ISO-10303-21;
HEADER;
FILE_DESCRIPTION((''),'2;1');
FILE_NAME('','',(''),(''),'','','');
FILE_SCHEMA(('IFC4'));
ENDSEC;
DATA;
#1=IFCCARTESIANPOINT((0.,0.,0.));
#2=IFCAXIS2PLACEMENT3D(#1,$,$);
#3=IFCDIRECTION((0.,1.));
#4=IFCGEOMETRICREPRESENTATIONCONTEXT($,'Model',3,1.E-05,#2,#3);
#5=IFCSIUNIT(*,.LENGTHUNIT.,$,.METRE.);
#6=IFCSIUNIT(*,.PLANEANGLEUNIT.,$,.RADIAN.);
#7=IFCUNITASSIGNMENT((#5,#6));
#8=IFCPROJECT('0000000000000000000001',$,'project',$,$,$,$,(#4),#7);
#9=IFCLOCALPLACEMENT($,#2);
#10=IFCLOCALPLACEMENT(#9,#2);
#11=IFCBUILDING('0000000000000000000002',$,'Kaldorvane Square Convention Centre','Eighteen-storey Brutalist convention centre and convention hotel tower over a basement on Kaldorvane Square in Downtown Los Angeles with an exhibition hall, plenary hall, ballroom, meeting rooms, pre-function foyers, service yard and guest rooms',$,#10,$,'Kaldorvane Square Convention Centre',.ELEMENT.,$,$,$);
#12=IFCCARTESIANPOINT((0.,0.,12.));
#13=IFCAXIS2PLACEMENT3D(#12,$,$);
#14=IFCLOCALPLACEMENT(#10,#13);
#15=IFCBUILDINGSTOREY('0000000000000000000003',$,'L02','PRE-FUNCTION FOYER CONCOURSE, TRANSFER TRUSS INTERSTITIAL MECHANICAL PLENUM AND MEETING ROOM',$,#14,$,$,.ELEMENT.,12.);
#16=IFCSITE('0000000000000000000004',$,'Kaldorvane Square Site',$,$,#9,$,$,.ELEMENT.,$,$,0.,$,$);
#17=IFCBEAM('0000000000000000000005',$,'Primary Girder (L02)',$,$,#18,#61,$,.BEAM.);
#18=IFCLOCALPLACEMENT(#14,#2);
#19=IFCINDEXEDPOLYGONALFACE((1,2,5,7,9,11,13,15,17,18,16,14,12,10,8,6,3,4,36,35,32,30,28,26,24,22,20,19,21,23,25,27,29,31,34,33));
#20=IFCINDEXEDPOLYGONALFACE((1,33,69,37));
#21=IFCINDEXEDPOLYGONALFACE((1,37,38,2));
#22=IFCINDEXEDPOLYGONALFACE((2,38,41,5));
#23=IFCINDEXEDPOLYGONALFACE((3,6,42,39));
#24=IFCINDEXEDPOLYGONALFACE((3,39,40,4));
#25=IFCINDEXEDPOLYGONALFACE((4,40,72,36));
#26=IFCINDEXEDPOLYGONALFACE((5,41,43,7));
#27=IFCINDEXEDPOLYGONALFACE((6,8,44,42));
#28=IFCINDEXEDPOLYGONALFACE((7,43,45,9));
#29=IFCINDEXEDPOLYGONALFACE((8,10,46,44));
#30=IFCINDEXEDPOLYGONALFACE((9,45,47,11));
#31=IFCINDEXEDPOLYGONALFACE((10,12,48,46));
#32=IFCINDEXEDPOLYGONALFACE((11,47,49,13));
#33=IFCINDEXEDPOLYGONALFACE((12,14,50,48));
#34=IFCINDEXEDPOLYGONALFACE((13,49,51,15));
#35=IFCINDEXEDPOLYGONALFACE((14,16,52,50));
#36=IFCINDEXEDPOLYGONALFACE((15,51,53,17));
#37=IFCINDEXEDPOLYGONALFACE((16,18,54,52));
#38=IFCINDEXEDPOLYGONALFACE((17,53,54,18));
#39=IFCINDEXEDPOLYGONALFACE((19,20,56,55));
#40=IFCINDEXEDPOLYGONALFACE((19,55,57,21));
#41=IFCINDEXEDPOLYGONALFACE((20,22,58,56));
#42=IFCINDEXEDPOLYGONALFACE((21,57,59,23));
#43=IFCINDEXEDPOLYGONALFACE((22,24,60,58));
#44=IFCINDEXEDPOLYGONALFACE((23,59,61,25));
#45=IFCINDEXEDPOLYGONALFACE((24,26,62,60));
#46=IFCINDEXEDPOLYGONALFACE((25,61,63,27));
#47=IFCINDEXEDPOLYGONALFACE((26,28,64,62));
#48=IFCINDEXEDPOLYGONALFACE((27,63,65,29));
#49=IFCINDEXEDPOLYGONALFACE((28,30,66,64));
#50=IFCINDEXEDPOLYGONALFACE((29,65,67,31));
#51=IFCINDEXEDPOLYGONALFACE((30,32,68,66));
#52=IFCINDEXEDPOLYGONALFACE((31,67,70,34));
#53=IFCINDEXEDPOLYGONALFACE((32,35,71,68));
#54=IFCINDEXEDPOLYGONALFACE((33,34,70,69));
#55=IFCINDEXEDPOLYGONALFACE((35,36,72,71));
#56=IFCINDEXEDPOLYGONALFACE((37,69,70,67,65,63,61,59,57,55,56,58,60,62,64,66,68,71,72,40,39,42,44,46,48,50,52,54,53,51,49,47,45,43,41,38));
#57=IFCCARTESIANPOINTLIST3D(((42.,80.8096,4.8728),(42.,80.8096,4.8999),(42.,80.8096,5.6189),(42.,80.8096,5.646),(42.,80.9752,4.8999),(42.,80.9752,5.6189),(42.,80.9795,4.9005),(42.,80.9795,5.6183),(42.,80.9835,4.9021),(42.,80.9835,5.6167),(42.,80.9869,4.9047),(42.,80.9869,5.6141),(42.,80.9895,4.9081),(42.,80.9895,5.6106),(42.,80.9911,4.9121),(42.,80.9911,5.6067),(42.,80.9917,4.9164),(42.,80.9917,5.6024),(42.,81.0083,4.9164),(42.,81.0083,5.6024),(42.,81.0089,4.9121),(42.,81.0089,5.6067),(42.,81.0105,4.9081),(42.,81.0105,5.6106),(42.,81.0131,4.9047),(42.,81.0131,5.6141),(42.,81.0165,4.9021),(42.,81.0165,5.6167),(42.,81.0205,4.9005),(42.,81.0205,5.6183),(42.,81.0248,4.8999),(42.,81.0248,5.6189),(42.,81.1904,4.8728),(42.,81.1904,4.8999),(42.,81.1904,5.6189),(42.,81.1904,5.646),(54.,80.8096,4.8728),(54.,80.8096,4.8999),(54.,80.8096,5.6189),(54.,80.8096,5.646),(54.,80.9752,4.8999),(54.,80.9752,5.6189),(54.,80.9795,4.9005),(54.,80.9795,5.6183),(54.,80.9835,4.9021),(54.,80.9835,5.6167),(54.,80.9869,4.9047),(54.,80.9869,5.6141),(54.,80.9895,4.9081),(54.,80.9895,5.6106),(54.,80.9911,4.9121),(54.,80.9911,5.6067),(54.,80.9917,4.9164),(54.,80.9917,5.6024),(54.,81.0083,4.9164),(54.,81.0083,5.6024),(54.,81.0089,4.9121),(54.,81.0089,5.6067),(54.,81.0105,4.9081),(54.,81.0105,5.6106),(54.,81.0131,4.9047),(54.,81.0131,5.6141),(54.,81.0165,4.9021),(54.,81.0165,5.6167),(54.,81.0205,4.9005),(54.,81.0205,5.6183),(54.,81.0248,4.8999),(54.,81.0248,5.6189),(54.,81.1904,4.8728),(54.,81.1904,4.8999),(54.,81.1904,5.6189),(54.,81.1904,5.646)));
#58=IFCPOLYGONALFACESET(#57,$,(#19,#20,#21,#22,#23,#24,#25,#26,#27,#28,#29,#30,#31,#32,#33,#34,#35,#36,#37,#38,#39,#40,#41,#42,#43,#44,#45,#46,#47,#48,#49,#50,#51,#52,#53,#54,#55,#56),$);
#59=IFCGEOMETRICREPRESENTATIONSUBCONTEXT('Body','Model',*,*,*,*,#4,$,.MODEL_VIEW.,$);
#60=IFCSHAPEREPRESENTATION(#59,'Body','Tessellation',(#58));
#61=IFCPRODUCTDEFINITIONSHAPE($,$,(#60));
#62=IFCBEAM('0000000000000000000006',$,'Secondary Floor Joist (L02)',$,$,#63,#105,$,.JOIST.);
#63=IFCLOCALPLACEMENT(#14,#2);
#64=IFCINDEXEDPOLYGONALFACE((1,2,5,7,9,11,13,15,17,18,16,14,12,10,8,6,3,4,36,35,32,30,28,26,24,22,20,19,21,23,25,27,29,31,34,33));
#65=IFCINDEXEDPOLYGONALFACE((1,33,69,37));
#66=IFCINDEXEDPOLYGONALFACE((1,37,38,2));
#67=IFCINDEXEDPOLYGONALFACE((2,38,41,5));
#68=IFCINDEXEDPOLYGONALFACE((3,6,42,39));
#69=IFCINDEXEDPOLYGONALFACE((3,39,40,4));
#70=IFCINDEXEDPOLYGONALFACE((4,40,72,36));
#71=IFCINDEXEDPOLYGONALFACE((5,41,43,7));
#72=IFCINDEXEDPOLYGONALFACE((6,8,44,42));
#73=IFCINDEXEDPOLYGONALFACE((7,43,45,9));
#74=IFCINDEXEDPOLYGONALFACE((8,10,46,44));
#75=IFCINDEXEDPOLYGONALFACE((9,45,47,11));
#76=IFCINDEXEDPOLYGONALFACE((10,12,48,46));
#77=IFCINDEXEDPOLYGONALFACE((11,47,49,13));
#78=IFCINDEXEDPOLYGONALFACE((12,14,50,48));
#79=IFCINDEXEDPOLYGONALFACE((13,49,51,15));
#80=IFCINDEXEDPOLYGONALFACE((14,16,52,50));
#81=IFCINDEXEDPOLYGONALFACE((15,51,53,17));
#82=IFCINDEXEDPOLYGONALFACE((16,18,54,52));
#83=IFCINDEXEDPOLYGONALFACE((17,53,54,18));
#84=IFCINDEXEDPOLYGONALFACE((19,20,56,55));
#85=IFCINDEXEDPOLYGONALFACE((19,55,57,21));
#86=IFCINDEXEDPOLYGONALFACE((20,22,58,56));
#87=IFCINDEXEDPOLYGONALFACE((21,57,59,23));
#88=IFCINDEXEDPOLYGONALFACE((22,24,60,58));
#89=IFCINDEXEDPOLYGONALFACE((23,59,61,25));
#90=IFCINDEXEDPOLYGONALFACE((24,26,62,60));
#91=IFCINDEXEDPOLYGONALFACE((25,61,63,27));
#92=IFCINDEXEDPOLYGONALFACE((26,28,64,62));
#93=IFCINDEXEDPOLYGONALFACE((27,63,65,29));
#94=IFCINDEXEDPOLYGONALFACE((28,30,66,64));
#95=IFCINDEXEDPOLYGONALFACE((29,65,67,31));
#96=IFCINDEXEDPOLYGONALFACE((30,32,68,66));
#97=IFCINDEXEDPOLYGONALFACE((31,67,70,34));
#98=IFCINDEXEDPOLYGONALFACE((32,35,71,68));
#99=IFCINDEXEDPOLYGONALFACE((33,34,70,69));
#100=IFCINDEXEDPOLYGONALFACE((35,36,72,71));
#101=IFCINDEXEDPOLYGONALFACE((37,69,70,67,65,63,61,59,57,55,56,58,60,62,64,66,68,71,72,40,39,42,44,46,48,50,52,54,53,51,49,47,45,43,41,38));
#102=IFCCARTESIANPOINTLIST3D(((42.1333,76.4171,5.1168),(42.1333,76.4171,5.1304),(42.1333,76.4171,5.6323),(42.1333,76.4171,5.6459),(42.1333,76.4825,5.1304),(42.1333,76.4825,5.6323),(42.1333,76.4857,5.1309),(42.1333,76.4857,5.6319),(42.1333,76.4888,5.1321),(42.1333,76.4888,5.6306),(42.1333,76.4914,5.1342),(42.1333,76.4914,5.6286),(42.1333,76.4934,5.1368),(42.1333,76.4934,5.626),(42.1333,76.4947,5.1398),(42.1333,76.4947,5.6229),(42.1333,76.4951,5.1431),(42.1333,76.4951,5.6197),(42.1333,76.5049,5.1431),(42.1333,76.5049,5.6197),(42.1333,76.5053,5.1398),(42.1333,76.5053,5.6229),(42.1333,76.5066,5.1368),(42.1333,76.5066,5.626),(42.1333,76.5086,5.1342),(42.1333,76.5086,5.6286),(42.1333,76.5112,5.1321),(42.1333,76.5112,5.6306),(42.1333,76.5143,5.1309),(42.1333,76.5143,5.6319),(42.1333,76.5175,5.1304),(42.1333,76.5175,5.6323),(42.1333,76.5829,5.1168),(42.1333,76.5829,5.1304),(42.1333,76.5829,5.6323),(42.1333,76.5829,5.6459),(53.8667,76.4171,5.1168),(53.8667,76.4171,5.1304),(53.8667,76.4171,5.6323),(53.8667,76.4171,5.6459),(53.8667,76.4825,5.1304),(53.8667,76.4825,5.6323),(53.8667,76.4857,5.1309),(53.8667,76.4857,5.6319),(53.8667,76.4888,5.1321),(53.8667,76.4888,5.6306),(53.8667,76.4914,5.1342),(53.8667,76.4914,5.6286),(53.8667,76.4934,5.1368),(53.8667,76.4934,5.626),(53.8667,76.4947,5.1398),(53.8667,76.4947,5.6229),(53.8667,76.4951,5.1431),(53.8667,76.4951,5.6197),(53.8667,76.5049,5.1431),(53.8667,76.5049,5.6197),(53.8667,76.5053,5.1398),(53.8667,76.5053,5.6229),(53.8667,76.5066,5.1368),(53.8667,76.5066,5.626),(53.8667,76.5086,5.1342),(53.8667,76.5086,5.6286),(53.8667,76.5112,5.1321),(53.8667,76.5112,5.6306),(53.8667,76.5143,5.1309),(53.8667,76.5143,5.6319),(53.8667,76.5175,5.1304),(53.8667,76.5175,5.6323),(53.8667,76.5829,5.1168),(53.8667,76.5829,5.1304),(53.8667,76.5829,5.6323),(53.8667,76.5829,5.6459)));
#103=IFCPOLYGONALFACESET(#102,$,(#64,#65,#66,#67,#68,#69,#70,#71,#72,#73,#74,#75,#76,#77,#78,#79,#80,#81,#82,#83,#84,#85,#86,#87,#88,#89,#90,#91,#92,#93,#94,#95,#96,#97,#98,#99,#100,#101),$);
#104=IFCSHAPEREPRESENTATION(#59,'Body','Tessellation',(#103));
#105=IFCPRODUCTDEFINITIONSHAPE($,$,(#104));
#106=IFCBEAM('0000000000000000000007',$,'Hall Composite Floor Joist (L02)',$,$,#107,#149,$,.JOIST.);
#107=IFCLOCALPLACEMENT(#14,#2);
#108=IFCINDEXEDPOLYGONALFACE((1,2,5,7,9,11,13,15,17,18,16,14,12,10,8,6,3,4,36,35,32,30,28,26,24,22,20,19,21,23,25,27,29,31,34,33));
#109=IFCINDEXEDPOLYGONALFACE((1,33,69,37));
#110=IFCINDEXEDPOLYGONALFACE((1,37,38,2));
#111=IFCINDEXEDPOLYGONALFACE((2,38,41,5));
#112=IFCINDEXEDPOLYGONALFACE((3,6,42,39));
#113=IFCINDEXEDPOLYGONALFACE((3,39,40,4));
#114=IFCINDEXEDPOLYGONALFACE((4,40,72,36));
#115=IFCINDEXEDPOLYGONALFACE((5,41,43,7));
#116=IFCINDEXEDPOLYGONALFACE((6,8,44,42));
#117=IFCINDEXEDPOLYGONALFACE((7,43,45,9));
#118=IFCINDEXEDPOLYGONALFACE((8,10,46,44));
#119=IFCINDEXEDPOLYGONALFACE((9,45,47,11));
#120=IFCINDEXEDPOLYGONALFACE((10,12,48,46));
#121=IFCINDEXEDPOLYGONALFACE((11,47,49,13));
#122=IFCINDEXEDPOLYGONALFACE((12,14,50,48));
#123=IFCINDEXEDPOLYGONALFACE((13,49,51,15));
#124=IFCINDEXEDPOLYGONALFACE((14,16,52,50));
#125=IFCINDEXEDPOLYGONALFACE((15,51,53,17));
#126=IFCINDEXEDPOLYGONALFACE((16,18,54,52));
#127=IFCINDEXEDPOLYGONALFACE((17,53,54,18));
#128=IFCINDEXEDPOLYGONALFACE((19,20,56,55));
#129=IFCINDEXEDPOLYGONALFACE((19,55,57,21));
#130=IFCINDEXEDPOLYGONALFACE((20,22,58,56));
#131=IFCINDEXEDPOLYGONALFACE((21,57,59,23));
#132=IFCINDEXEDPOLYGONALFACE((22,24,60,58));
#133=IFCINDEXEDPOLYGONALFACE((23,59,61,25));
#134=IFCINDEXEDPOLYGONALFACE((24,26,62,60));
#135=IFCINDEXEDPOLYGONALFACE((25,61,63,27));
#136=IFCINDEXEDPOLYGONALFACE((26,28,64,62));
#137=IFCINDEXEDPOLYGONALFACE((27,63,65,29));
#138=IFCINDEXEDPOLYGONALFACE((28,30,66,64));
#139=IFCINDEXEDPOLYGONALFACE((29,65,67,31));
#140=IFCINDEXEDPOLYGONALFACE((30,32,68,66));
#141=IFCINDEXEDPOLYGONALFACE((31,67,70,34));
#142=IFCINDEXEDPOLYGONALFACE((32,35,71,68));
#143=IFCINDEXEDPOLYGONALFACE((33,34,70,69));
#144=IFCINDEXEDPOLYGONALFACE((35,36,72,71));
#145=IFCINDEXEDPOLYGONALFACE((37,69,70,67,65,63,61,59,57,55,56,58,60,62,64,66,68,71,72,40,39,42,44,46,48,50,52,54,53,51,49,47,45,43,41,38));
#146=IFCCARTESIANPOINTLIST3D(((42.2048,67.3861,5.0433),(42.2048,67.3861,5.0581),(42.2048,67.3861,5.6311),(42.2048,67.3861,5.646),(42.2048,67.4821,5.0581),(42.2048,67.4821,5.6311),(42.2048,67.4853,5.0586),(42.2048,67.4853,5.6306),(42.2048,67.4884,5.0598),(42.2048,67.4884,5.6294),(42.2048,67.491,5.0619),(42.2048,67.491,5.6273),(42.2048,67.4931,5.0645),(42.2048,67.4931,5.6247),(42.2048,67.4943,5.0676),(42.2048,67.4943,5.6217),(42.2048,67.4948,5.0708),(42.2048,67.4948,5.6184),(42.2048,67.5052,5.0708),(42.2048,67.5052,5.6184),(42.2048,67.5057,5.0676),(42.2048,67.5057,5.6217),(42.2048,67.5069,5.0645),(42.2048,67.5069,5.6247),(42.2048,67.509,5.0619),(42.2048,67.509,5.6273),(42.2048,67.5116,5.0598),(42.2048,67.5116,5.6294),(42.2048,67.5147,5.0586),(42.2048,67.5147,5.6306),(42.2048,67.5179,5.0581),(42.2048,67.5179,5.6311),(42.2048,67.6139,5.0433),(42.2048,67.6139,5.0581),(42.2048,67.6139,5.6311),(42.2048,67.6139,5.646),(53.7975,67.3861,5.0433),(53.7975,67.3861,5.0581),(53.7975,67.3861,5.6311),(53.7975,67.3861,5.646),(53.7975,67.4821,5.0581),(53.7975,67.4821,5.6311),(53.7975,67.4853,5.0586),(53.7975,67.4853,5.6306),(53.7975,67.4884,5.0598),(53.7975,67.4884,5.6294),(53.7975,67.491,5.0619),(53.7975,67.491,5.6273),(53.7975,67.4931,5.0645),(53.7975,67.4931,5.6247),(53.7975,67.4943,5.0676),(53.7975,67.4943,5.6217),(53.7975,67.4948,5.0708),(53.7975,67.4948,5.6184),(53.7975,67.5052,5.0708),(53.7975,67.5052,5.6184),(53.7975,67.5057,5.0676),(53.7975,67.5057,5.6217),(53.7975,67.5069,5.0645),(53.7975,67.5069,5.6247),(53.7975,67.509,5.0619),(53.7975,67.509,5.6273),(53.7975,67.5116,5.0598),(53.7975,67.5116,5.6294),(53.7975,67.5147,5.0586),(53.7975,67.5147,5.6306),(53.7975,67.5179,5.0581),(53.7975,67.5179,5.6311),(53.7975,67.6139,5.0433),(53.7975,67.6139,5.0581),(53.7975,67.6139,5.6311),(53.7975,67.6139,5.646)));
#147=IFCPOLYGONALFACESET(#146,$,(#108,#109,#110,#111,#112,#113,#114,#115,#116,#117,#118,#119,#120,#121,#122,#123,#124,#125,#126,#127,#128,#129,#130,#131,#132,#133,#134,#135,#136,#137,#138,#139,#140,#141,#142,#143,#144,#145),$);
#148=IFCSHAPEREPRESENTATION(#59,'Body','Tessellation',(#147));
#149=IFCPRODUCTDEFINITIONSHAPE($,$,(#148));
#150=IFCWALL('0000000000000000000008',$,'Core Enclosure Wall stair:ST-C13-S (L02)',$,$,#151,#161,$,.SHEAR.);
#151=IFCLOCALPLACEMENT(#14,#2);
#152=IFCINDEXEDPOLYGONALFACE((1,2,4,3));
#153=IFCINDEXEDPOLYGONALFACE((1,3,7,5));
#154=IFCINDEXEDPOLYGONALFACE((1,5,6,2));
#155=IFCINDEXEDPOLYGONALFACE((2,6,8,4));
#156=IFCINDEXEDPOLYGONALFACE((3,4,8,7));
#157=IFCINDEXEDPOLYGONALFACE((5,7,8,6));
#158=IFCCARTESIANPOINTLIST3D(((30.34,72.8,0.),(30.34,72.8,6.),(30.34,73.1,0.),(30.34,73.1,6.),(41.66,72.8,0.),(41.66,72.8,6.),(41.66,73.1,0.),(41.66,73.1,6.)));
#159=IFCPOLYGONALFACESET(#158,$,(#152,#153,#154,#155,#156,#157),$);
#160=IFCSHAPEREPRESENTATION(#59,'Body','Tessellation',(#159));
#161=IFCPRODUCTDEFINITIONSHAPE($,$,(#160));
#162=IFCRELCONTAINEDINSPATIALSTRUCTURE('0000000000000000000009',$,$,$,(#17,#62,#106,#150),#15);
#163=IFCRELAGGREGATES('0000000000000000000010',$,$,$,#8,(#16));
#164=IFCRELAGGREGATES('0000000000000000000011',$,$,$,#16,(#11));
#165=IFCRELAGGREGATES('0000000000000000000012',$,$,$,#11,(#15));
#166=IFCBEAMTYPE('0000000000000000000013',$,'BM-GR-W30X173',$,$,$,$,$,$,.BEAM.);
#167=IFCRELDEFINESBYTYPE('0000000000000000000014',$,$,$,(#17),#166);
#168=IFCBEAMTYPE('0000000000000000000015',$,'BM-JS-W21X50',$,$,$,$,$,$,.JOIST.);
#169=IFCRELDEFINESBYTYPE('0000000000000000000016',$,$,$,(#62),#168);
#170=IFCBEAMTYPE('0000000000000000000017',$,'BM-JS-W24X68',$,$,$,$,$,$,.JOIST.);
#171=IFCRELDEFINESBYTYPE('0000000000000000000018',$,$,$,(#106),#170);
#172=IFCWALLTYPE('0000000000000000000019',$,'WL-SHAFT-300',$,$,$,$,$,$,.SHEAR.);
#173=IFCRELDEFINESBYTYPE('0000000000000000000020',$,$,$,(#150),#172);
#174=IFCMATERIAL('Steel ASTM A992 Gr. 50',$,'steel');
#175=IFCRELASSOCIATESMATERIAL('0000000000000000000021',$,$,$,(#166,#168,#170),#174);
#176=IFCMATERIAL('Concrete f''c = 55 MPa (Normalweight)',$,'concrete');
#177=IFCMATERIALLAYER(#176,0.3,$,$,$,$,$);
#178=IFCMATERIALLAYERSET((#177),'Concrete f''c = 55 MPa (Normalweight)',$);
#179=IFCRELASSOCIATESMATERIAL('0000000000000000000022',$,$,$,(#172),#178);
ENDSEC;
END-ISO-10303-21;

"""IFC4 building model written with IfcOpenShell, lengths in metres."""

from ifc_helpers import new_model, si_unit, direction, frame, frame_2d, origin, origin_2d, place, context, subcontext, project, spatial, rectangle, i_section, extrude, material, layer, layer_set, material_profile, profile_set, type_object, element, save


model = new_model("IFC4")

# Units and contexts
model_context = context("Model", 3, precision=1e-05, world=origin(), true_north=direction((0.0, 1.0)))
body_context = subcontext(model_context, "Body", "Model", "MODEL_VIEW")
ifc_project = project(units=[si_unit("LENGTHUNIT", "METRE"), si_unit("PLANEANGLEUNIT", "RADIAN")], contexts=[model_context])

# Site, building, storey
site_placement = place(None, origin())
site = spatial("IfcSite", under=ifc_project, at=site_placement, Name="Kaldorvane Square Site", CompositionType="ELEMENT", RefElevation=0.0)
building_placement = place(site_placement, origin())
building = spatial("IfcBuilding", under=site, at=building_placement, Name="Kaldorvane Square Convention Centre", Description="Eighteen-storey Brutalist convention centre and convention hotel tower over a basement on Kaldorvane Square in Downtown Los Angeles with an exhibition hall, plenary hall, ballroom, meeting rooms, pre-function foyers, service yard and guest rooms", LongName="Kaldorvane Square Convention Centre", CompositionType="ELEMENT")
storey_placement = place(building_placement, frame((0.0, 0.0, 12.0)))
storey = spatial("IfcBuildingStorey", under=building, at=storey_placement, Name="L02", Description="PRE-FUNCTION FOYER CONCOURSE, TRANSFER TRUSS INTERSTITIAL MECHANICAL PLENUM AND MEETING ROOM", CompositionType="ELEMENT", Elevation=12.0)

# Shared definitions
ifc_material_1 = material(Name="Concrete f'c = 55 MPa (Normalweight)", Category="concrete")
ifc_material_2 = material(Name="Steel ASTM A992 Gr. 50", Category="steel")

# Beams
ifc_material_profile_1 = material_profile(ifc_material_2, i_section(OverallWidth=0.3807, OverallDepth=0.7732, WebThickness=0.0166, FlangeThickness=0.0271, FilletRadius=0.0165, at=origin_2d()), Name="W30X173")
ifc_profile_set_1 = profile_set([ifc_material_profile_1], Name="Steel ASTM A992 Gr. 50")
beam_type_1 = type_object("IfcBeamType", Name="BM-GR-W30X173", PredefinedType="BEAM", material=ifc_profile_set_1)
for number, where, z_axis, x_axis, name in (
    (1, (42.0, 81.0, 5.2594), (1.0, 0.0, 0.0), (0.0, 1.0, 0.0), "Primary Girder (L02)"),
):
    element("IfcBeam", number, at=place(storey_placement, frame(where, z_axis=z_axis, x_axis=x_axis)), inside=storey, type_object=beam_type_1, Name=name, PredefinedType="BEAM", context=body_context, shape_type="SweptSolid", body=[
        extrude(i_section(OverallWidth=0.3807, OverallDepth=0.7732, WebThickness=0.0166, FlangeThickness=0.0271, FilletRadius=0.0165, at=origin_2d()), origin(), (0.0, 0.0, 1.0), 12.0),
    ])
ifc_material_profile_2 = material_profile(ifc_material_2, i_section(OverallWidth=0.1659, OverallDepth=0.5291, WebThickness=0.0097, FlangeThickness=0.0136, FilletRadius=0.0127, at=origin_2d()), Name="W21X50")
ifc_profile_set_2 = profile_set([ifc_material_profile_2], Name="Steel ASTM A992 Gr. 50")
beam_type_2 = type_object("IfcBeamType", Name="BM-JS-W21X50", PredefinedType="JOIST", material=ifc_profile_set_2)
beam_1_placement = place(storey_placement, frame((42.1333, 76.5, 5.3814), z_axis=(1.0, 0.0, 0.0), x_axis=(0.0, 1.0, 0.0)))
element("IfcBeam", 2, at=beam_1_placement, inside=storey, type_object=beam_type_2, Name="Secondary Floor Joist (L02)", PredefinedType="JOIST", context=body_context, shape_type="SweptSolid", body=[
    extrude(i_section(OverallWidth=0.1659, OverallDepth=0.5291, WebThickness=0.0097, FlangeThickness=0.0136, FilletRadius=0.0127, at=origin_2d()), origin(), (0.0, 0.0, 1.0), 11.7334),
])
ifc_material_profile_3 = material_profile(ifc_material_2, i_section(OverallWidth=0.2277, OverallDepth=0.6027, WebThickness=0.0105, FlangeThickness=0.0149, FilletRadius=0.0127, at=origin_2d()), Name="W24X68")
ifc_profile_set_3 = profile_set([ifc_material_profile_3], Name="Steel ASTM A992 Gr. 50")
beam_type_3 = type_object("IfcBeamType", Name="BM-JS-W24X68", PredefinedType="JOIST", material=ifc_profile_set_3)
beam_2_placement = place(storey_placement, frame((42.2048, 67.5, 5.3446), z_axis=(1.0, 0.0, 0.0), x_axis=(0.0, 1.0, 0.0)))
element("IfcBeam", 3, at=beam_2_placement, inside=storey, type_object=beam_type_3, Name="Hall Composite Floor Joist (L02)", PredefinedType="JOIST", context=body_context, shape_type="SweptSolid", body=[
    extrude(i_section(OverallWidth=0.2277, OverallDepth=0.6027, WebThickness=0.0105, FlangeThickness=0.0149, FilletRadius=0.0127, at=origin_2d()), origin(), (0.0, 0.0, 1.0), 11.5927),
])

# Wall
ifc_layer = layer(ifc_material_1, 0.3)
ifc_layer_set = layer_set([ifc_layer], Name="Concrete f'c = 55 MPa (Normalweight)")
wall_type = type_object("IfcWallType", Name="WL-SHAFT-300", PredefinedType="SHEAR", material=ifc_layer_set)
wall_1_placement = place(storey_placement, frame((30.34, 72.95, 0.0), z_axis=(0.0, 0.0, 1.0), x_axis=(1.0, 0.0, 0.0)))
element("IfcWall", 4, at=wall_1_placement, inside=storey, type_object=wall_type, Name="Core Enclosure Wall stair:ST-C13-S (L02)", PredefinedType="SHEAR", context=body_context, shape_type="SweptSolid", body=[
    extrude(rectangle(XDim=11.32, YDim=0.3, at=frame_2d((5.66, 0.0))), origin(), (0.0, 0.0, 1.0), 6.0),
])

save(model, "model.ifc")
